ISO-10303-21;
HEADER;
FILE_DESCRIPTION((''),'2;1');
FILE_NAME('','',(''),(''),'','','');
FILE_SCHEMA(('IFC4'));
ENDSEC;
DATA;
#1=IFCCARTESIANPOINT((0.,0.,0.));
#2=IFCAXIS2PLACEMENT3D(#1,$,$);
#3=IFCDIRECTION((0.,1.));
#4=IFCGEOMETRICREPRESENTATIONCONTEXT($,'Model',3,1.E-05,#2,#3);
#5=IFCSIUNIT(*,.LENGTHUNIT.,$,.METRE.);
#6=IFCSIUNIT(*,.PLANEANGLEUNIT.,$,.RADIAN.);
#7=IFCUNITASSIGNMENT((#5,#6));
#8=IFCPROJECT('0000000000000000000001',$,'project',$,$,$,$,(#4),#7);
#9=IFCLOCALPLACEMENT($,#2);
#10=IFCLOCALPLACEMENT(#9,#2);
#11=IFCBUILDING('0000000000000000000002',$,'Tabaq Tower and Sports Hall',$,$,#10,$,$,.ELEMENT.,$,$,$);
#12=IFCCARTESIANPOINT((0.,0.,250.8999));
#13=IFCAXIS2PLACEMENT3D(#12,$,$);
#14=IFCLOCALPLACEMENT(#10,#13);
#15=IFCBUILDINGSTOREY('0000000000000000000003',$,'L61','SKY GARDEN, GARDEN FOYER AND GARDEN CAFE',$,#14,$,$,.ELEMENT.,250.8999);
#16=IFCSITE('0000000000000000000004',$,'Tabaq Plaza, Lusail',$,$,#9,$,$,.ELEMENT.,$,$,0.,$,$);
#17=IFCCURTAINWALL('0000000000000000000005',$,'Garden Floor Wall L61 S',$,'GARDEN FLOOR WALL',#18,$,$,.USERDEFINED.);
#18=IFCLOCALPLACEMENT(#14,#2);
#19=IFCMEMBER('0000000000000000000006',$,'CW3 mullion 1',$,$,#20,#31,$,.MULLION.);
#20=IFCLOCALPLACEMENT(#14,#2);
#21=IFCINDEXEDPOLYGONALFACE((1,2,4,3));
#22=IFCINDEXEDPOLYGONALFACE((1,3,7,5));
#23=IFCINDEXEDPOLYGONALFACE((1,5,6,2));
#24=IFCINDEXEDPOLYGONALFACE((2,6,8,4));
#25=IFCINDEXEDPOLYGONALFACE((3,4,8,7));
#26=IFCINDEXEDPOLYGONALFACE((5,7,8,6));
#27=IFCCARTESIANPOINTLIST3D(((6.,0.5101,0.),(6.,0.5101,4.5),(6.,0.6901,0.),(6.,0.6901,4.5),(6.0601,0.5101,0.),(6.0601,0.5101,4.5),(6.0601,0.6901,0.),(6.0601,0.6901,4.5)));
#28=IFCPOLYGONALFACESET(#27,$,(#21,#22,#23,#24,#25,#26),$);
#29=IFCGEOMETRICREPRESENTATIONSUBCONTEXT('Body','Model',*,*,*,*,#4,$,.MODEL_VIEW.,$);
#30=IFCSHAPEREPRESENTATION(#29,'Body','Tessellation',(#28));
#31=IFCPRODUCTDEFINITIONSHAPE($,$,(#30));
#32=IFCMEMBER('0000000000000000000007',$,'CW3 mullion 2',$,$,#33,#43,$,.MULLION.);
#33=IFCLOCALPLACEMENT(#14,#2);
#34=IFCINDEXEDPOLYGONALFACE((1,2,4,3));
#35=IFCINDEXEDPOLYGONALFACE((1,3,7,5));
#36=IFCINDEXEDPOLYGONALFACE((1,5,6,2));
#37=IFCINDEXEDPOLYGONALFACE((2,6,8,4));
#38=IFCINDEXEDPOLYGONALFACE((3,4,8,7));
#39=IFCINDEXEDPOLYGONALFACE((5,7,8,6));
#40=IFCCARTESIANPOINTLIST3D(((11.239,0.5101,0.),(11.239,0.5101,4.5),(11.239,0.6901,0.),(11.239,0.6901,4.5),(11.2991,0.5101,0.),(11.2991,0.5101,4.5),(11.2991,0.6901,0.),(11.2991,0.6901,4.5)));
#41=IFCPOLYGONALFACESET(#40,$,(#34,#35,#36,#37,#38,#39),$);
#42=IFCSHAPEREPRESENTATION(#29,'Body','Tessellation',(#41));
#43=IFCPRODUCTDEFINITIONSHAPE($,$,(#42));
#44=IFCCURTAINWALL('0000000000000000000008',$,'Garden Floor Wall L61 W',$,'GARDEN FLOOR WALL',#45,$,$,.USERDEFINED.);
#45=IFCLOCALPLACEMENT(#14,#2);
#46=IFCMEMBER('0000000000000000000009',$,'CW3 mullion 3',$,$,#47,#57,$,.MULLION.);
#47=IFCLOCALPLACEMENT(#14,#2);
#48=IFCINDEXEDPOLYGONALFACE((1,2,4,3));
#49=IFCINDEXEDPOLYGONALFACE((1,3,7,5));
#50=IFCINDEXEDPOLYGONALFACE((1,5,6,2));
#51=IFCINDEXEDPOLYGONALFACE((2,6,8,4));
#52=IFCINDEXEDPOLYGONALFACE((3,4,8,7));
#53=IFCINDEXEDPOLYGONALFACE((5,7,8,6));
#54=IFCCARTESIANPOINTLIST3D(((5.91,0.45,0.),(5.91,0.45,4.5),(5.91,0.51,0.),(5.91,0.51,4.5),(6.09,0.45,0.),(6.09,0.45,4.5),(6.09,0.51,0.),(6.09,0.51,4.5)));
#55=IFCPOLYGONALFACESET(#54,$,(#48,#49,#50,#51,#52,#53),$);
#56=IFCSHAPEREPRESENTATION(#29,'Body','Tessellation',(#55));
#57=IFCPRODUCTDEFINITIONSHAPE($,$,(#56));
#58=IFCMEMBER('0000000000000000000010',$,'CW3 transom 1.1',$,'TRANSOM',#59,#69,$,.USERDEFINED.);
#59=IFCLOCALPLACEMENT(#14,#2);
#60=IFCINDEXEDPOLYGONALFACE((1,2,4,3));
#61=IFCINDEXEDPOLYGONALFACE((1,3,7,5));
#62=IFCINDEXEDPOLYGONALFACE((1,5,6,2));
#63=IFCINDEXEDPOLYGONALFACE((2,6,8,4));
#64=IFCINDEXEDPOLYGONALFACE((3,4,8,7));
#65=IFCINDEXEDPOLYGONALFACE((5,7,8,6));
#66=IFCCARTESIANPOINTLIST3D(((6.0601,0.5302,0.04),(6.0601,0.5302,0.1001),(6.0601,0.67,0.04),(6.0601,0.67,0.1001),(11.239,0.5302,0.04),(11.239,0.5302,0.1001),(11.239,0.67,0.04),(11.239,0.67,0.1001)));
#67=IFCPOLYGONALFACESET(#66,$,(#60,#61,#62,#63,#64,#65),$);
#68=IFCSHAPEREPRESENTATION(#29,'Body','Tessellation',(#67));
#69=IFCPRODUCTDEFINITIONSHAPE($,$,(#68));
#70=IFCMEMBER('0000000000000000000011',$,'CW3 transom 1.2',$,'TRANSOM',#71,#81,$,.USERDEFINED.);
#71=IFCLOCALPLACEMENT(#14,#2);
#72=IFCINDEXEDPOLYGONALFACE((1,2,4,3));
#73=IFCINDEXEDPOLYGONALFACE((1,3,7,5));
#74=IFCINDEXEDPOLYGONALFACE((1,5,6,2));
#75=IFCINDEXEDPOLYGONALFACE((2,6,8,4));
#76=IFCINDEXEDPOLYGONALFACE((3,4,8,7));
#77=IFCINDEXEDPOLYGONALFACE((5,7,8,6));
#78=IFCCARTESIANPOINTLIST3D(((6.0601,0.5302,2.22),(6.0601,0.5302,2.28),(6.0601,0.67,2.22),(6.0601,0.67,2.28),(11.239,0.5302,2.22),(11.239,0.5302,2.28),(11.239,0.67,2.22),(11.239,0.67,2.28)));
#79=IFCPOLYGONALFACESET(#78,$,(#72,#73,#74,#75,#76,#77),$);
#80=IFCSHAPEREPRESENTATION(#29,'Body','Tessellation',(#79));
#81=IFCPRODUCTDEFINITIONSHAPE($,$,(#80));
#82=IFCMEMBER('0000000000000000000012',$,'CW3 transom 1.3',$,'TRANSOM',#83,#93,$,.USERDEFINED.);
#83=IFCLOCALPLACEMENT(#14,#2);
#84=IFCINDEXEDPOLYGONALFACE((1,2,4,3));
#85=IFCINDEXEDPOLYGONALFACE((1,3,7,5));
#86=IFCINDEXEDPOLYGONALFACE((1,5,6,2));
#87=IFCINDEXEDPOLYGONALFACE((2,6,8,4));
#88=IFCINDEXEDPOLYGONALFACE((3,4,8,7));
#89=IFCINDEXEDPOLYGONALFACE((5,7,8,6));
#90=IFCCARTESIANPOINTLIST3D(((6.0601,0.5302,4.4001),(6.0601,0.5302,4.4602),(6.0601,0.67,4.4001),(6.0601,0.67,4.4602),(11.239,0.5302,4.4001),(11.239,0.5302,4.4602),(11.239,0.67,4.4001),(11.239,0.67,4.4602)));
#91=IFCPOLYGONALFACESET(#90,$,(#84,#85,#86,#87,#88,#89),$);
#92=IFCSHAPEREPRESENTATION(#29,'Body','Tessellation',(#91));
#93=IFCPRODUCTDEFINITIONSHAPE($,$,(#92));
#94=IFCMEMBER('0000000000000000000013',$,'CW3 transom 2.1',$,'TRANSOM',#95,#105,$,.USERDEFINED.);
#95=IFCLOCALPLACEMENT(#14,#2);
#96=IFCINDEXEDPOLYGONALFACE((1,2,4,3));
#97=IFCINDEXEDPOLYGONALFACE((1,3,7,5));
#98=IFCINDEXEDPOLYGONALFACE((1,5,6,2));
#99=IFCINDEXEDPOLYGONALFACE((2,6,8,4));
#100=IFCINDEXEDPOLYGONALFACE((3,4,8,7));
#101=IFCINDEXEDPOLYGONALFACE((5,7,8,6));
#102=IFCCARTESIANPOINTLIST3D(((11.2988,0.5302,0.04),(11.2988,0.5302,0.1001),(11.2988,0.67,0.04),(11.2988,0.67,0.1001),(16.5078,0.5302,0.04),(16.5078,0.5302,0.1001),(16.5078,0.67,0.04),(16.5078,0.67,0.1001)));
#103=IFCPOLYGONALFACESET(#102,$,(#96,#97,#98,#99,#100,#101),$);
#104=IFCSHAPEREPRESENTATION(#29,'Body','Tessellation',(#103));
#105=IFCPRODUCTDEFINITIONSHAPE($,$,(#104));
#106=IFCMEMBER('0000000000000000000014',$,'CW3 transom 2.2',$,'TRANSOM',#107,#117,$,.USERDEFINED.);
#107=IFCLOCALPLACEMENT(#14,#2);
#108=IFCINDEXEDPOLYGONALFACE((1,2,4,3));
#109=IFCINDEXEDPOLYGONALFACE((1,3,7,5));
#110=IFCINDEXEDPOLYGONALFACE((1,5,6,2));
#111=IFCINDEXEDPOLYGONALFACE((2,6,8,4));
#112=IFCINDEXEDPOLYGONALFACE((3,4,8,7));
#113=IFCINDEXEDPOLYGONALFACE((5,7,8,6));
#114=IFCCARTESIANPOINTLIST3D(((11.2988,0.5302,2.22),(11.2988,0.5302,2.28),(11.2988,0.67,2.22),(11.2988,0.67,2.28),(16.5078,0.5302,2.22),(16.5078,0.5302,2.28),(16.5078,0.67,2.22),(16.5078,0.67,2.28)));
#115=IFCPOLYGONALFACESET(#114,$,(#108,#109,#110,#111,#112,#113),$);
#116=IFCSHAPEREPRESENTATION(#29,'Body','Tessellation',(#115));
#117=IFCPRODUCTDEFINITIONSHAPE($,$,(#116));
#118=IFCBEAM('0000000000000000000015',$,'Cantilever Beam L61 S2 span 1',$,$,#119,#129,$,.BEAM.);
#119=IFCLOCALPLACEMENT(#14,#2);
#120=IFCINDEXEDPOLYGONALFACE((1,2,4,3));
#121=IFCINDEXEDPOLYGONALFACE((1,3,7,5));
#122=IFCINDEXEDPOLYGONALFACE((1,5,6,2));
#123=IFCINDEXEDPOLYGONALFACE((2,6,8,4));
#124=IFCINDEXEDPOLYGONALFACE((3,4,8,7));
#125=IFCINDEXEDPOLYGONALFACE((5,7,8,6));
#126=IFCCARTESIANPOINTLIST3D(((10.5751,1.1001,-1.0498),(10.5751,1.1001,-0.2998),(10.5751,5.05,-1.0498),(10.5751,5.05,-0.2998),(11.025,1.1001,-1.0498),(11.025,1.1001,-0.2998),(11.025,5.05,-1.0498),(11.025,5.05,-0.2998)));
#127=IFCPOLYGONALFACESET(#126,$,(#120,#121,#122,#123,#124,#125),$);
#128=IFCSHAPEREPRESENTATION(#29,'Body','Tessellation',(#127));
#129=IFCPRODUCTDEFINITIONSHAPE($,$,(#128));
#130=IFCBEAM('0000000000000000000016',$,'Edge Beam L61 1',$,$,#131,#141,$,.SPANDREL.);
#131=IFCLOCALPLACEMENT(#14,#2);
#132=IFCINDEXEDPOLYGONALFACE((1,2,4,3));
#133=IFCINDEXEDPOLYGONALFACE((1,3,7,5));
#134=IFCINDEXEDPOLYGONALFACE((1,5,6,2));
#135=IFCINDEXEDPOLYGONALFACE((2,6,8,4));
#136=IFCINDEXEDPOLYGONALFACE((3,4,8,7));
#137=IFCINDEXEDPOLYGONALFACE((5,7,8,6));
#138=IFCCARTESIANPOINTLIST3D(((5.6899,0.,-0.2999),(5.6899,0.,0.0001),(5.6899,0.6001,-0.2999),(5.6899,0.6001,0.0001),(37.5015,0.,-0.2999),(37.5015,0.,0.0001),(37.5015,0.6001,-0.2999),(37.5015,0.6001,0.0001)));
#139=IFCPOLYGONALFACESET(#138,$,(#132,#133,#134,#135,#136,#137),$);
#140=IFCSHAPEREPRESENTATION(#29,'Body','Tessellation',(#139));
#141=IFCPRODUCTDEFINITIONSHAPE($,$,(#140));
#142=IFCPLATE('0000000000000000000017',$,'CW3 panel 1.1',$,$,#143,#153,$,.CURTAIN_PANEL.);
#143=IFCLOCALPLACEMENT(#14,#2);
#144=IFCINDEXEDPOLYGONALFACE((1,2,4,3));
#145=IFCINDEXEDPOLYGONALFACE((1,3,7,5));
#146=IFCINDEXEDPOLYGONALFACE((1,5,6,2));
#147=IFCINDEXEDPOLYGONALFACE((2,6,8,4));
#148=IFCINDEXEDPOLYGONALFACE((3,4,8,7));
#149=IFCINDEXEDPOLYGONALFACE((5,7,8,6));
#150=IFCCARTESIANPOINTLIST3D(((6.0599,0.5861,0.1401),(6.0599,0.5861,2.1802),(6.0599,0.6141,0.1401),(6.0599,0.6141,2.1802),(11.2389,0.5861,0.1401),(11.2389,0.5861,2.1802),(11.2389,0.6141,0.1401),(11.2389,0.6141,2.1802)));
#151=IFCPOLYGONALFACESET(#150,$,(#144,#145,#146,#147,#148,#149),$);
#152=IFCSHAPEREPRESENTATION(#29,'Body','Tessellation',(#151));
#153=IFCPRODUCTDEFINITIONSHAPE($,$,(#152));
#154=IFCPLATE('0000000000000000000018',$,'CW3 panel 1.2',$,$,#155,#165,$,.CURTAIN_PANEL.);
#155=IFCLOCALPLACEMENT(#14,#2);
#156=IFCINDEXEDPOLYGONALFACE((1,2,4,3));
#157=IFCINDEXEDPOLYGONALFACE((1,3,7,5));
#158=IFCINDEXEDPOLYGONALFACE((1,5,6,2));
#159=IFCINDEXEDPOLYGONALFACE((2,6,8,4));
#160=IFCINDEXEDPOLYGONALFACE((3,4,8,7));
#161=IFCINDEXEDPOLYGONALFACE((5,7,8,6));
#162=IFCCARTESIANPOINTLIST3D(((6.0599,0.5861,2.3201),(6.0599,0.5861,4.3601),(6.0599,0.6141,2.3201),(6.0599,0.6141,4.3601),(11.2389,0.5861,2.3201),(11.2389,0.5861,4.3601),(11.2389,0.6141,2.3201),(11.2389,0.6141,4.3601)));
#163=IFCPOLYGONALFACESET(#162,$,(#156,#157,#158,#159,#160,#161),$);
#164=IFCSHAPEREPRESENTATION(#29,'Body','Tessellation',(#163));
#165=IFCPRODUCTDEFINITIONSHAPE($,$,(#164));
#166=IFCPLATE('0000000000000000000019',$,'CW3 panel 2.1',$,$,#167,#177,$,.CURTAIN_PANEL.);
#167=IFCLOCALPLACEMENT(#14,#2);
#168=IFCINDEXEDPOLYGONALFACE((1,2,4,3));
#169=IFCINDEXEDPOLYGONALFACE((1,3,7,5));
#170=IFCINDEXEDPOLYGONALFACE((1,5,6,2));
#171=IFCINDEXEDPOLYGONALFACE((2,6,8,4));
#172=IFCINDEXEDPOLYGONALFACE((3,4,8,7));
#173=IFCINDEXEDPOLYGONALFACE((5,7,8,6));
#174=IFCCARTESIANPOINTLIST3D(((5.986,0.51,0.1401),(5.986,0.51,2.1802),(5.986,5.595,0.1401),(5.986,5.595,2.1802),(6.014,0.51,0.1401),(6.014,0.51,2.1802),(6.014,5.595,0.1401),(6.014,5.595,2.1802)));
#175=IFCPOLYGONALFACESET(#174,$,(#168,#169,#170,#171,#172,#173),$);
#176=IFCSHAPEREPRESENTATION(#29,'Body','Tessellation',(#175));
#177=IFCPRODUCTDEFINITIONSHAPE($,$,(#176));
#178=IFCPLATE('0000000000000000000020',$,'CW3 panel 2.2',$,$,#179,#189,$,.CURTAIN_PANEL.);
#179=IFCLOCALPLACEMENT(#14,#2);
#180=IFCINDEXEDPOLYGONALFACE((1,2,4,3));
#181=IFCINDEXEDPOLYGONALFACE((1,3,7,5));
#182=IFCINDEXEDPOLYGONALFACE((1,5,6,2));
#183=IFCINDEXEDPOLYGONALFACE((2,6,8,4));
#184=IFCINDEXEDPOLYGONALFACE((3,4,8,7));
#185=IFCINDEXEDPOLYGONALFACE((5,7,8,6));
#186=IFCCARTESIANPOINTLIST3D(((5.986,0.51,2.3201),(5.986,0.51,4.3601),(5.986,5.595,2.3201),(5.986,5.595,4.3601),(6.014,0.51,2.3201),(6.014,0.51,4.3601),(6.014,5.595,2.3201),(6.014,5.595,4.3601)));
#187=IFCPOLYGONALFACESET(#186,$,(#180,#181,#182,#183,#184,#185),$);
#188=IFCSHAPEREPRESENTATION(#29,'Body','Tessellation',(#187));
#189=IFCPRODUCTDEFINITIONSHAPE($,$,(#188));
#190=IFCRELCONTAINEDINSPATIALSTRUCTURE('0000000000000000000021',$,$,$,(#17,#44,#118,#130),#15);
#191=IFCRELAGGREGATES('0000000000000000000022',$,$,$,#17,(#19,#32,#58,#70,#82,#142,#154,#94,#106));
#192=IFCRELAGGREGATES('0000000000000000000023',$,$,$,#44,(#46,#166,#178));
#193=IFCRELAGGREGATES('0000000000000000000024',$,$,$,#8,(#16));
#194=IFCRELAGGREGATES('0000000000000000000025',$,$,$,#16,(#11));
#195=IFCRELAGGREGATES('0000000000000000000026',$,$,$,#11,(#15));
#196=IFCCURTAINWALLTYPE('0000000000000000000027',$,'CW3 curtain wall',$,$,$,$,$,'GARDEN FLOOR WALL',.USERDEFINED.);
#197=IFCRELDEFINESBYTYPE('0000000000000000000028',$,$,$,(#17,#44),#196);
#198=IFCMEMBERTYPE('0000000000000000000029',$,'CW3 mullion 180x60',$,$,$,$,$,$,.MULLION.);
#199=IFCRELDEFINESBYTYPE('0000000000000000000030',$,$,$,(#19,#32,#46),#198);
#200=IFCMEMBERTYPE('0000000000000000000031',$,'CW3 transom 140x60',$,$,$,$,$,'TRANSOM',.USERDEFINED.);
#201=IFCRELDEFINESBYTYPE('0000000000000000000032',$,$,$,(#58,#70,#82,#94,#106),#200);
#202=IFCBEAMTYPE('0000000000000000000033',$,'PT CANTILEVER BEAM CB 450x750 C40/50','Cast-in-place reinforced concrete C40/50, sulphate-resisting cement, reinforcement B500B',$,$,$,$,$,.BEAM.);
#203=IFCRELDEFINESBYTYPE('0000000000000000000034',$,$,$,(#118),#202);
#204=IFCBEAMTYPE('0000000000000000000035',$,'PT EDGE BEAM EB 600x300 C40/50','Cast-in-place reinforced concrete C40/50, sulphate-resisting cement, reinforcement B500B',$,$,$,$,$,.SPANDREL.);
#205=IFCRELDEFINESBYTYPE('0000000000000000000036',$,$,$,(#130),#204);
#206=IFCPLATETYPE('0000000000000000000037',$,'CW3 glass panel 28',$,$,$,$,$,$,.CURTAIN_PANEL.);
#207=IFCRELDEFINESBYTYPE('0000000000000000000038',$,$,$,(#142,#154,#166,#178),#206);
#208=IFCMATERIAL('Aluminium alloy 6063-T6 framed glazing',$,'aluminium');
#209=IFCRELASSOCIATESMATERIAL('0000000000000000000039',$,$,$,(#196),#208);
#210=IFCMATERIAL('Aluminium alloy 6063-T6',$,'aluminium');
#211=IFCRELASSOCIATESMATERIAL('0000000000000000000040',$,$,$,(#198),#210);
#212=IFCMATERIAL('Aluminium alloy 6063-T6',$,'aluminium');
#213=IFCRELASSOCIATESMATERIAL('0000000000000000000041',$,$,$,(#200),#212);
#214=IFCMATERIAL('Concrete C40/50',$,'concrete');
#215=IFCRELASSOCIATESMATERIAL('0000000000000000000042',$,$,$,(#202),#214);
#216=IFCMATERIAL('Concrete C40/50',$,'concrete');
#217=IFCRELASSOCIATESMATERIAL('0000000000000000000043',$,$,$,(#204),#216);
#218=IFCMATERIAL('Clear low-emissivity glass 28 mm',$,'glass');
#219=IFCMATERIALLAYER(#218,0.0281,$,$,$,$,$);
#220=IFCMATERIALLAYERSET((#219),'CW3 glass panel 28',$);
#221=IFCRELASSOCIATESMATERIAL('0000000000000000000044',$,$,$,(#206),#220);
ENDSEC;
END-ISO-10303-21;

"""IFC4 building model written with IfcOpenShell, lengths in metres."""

from ifc_helpers import new_model, si_unit, direction, frame, origin, origin_2d, place, context, subcontext, project, spatial, rectangle, extrude, material, layer, layer_set, material_profile, profile_set, type_object, element, aggregate, save


model = new_model("IFC4")

# Units and contexts
model_context = context("Model", 3, precision=1e-05, world=origin(), true_north=direction((0.0, 1.0)))
body_context = subcontext(model_context, "Body", "Model", "MODEL_VIEW")
ifc_project = project(units=[si_unit("LENGTHUNIT", "METRE"), si_unit("PLANEANGLEUNIT", "RADIAN")], contexts=[model_context])

# Site, building, storey
site_placement = place(None, origin())
site = spatial("IfcSite", under=ifc_project, at=site_placement, Name="Tabaq Plaza, Lusail", CompositionType="ELEMENT", RefElevation=0.0)
building_placement = place(site_placement, origin())
building = spatial("IfcBuilding", under=site, at=building_placement, Name="Tabaq Tower and Sports Hall", CompositionType="ELEMENT")
storey_placement = place(building_placement, frame((0.0, 0.0, 250.8999)))
storey = spatial("IfcBuildingStorey", under=building, at=storey_placement, Name="L61", Description="SKY GARDEN, GARDEN FOYER AND GARDEN CAFE", CompositionType="ELEMENT", Elevation=250.8999)

# Curtain wall, members
ifc_material_1 = material(Name="Aluminium alloy 6063-T6 framed glazing", Category="aluminium")
curtain_wall_type = type_object("IfcCurtainWallType", Name="CW3 curtain wall", ElementType="GARDEN FLOOR WALL", PredefinedType="USERDEFINED", material=ifc_material_1)
curtain_wall_1_placement = place(storey_placement, origin())
curtain_wall_1 = element("IfcCurtainWall", 1, at=curtain_wall_1_placement, inside=storey, type_object=curtain_wall_type, Name="Garden Floor Wall L61 S", ObjectType="GARDEN FLOOR WALL", PredefinedType="USERDEFINED")
ifc_material_2 = material(Name="Aluminium alloy 6063-T6", Category="aluminium")
ifc_material_profile_1 = material_profile(ifc_material_2, rectangle(XDim=0.1799, YDim=0.0601, at=origin_2d()), Name="MULLION 180x60")
ifc_profile_set_1 = profile_set([ifc_material_profile_1], Name="Aluminium alloy 6063-T6")
member_type_1 = type_object("IfcMemberType", Name="CW3 mullion 180x60", PredefinedType="MULLION", material=ifc_profile_set_1)
member_1_placement = place(storey_placement, frame((6.03, 0.6001, 0.0), z_axis=(0.0, 0.0, 1.0), x_axis=(0.0, 1.0, 0.0)))
member_1 = element("IfcMember", 2, at=member_1_placement, type_object=member_type_1, Name="CW3 mullion 1", PredefinedType="MULLION", context=body_context, shape_type="SweptSolid", body=[
    extrude(rectangle(XDim=0.1799, YDim=0.0601, at=origin_2d()), origin(), (0.0, 0.0, 1.0), 4.5),
])
member_2_placement = place(storey_placement, frame((11.269, 0.6001, 0.0), z_axis=(0.0, 0.0, 1.0), x_axis=(0.0, 1.0, 0.0)))
member_2 = element("IfcMember", 3, at=member_2_placement, type_object=member_type_1, Name="CW3 mullion 2", PredefinedType="MULLION", context=body_context, shape_type="SweptSolid", body=[
    extrude(rectangle(XDim=0.1799, YDim=0.0601, at=origin_2d()), origin(), (0.0, 0.0, 1.0), 4.5),
])

# Curtain wall, member
curtain_wall_2_placement = place(storey_placement, origin())
curtain_wall_2 = element("IfcCurtainWall", 4, at=curtain_wall_2_placement, inside=storey, type_object=curtain_wall_type, Name="Garden Floor Wall L61 W", ObjectType="GARDEN FLOOR WALL", PredefinedType="USERDEFINED")
member_3_placement = place(storey_placement, frame((6.0, 0.48, 0.0), z_axis=(0.0, 0.0, 1.0), x_axis=(1.0, 0.0, 0.0)))
member_3 = element("IfcMember", 5, at=member_3_placement, type_object=member_type_1, Name="CW3 mullion 3", PredefinedType="MULLION", context=body_context, shape_type="SweptSolid", body=[
    extrude(rectangle(XDim=0.1799, YDim=0.0601, at=origin_2d()), origin(), (0.0, 0.0, 1.0), 4.5),
])

# Members
ifc_material_3 = material(Name="Aluminium alloy 6063-T6", Category="aluminium")
ifc_material_profile_2 = material_profile(ifc_material_3, rectangle(XDim=0.1399, YDim=0.0601, at=origin_2d()), Name="TRANSOM 140x60")
ifc_profile_set_2 = profile_set([ifc_material_profile_2], Name="Aluminium alloy 6063-T6")
member_type_2 = type_object("IfcMemberType", Name="CW3 transom 140x60", ElementType="TRANSOM", PredefinedType="USERDEFINED", material=ifc_profile_set_2)
member_4_placement = place(storey_placement, frame((6.0601, 0.6001, 0.0701), z_axis=(1.0, 0.0, 0.0), x_axis=(0.0, 1.0, 0.0)))
member_4 = element("IfcMember", 6, at=member_4_placement, type_object=member_type_2, Name="CW3 transom 1.1", ObjectType="TRANSOM", PredefinedType="USERDEFINED", context=body_context, shape_type="SweptSolid", body=[
    extrude(rectangle(XDim=0.1399, YDim=0.0601, at=origin_2d()), origin(), (0.0, 0.0, 1.0), 5.179),
])
member_5_placement = place(storey_placement, frame((6.0601, 0.6001, 2.25), z_axis=(1.0, 0.0, 0.0), x_axis=(0.0, 1.0, 0.0)))
member_5 = element("IfcMember", 7, at=member_5_placement, type_object=member_type_2, Name="CW3 transom 1.2", ObjectType="TRANSOM", PredefinedType="USERDEFINED", context=body_context, shape_type="SweptSolid", body=[
    extrude(rectangle(XDim=0.1399, YDim=0.0601, at=origin_2d()), origin(), (0.0, 0.0, 1.0), 5.179),
])
member_6_placement = place(storey_placement, frame((6.0601, 0.6001, 4.4302), z_axis=(1.0, 0.0, 0.0), x_axis=(0.0, 1.0, 0.0)))
member_6 = element("IfcMember", 8, at=member_6_placement, type_object=member_type_2, Name="CW3 transom 1.3", ObjectType="TRANSOM", PredefinedType="USERDEFINED", context=body_context, shape_type="SweptSolid", body=[
    extrude(rectangle(XDim=0.1399, YDim=0.0601, at=origin_2d()), origin(), (0.0, 0.0, 1.0), 5.179),
])
member_7_placement = place(storey_placement, frame((11.2988, 0.6001, 0.0701), z_axis=(1.0, 0.0, 0.0), x_axis=(0.0, 1.0, 0.0)))
member_7 = element("IfcMember", 9, at=member_7_placement, type_object=member_type_2, Name="CW3 transom 2.1", ObjectType="TRANSOM", PredefinedType="USERDEFINED", context=body_context, shape_type="SweptSolid", body=[
    extrude(rectangle(XDim=0.1399, YDim=0.0601, at=origin_2d()), origin(), (0.0, 0.0, 1.0), 5.209),
])
member_8_placement = place(storey_placement, frame((11.2988, 0.6001, 2.25), z_axis=(1.0, 0.0, 0.0), x_axis=(0.0, 1.0, 0.0)))
member_8 = element("IfcMember", 10, at=member_8_placement, type_object=member_type_2, Name="CW3 transom 2.2", ObjectType="TRANSOM", PredefinedType="USERDEFINED", context=body_context, shape_type="SweptSolid", body=[
    extrude(rectangle(XDim=0.1399, YDim=0.0601, at=origin_2d()), origin(), (0.0, 0.0, 1.0), 5.209),
])

# Beams
ifc_material_4 = material(Name="Concrete C40/50", Category="concrete")
ifc_material_profile_3 = material_profile(ifc_material_4, rectangle(XDim=0.45, YDim=0.75, at=origin_2d()), Name="CB 450x750")
ifc_profile_set_3 = profile_set([ifc_material_profile_3], Name="Concrete C40/50")
beam_type_1 = type_object("IfcBeamType", Name="PT CANTILEVER BEAM CB 450x750 C40/50", Description="Cast-in-place reinforced concrete C40/50, sulphate-resisting cement, reinforcement B500B", PredefinedType="BEAM", material=ifc_profile_set_3)
beam_1_placement = place(storey_placement, frame((10.8, 1.1001, -0.6748), z_axis=(0.0, 1.0, 0.0), x_axis=(-1.0, 0.0, 0.0)))
element("IfcBeam", 11, at=beam_1_placement, inside=storey, type_object=beam_type_1, Name="Cantilever Beam L61 S2 span 1", PredefinedType="BEAM", context=body_context, shape_type="SweptSolid", body=[
    extrude(rectangle(XDim=0.45, YDim=0.75, at=origin_2d()), origin(), (0.0, 0.0, 1.0), 3.95),
])
ifc_material_5 = material(Name="Concrete C40/50", Category="concrete")
ifc_material_profile_4 = material_profile(ifc_material_5, rectangle(XDim=0.6001, YDim=0.3, at=origin_2d()), Name="EB 600x300")
ifc_profile_set_4 = profile_set([ifc_material_profile_4], Name="Concrete C40/50")
beam_type_2 = type_object("IfcBeamType", Name="PT EDGE BEAM EB 600x300 C40/50", Description="Cast-in-place reinforced concrete C40/50, sulphate-resisting cement, reinforcement B500B", PredefinedType="SPANDREL", material=ifc_profile_set_4)
beam_2_placement = place(storey_placement, frame((5.6899, 0.3, -0.1499), z_axis=(1.0, 0.0, 0.0), x_axis=(0.0, 1.0, 0.0)))
element("IfcBeam", 12, at=beam_2_placement, inside=storey, type_object=beam_type_2, Name="Edge Beam L61 1", PredefinedType="SPANDREL", context=body_context, shape_type="SweptSolid", body=[
    extrude(rectangle(XDim=0.6001, YDim=0.3, at=origin_2d()), origin(), (0.0, 0.0, 1.0), 31.8115),
])

# Plates
ifc_material_6 = material(Name="Clear low-emissivity glass 28 mm", Category="glass")
ifc_layer_1 = layer(ifc_material_6, 0.0281)
ifc_layer_set_1 = layer_set([ifc_layer_1], Name="CW3 glass panel 28")
plate_type_1 = type_object("IfcPlateType", Name="CW3 glass panel 28", PredefinedType="CURTAIN_PANEL", material=ifc_layer_set_1)
plate_1_placement = place(storey_placement, frame((8.6494, 0.6001, 0.1401), z_axis=(0.0, 0.0, 1.0), x_axis=(1.0, 0.0, 0.0)))
plate_1 = element("IfcPlate", 13, at=plate_1_placement, type_object=plate_type_1, Name="CW3 panel 1.1", PredefinedType="CURTAIN_PANEL", context=body_context, shape_type="SweptSolid", body=[
    extrude(rectangle(XDim=5.179, YDim=0.0281, at=origin_2d()), origin(), (0.0, 0.0, 1.0), 2.04),
])
plate_2_placement = place(storey_placement, frame((8.6494, 0.6001, 2.3201), z_axis=(0.0, 0.0, 1.0), x_axis=(1.0, 0.0, 0.0)))
plate_2 = element("IfcPlate", 14, at=plate_2_placement, type_object=plate_type_1, Name="CW3 panel 1.2", PredefinedType="CURTAIN_PANEL", context=body_context, shape_type="SweptSolid", body=[
    extrude(rectangle(XDim=5.179, YDim=0.0281, at=origin_2d()), origin(), (0.0, 0.0, 1.0), 2.04),
])
aggregate(curtain_wall_1, [member_1, member_2, member_4, member_5, member_6, plate_1, plate_2, member_7, member_8])
plate_3_placement = place(storey_placement, frame((6.0, 3.0525, 0.1401), z_axis=(0.0, 0.0, 1.0), x_axis=(0.0, -1.0, 0.0)))
plate_3 = element("IfcPlate", 15, at=plate_3_placement, type_object=plate_type_1, Name="CW3 panel 2.1", PredefinedType="CURTAIN_PANEL", context=body_context, shape_type="SweptSolid", body=[
    extrude(rectangle(XDim=5.085, YDim=0.0281, at=origin_2d()), origin(), (0.0, 0.0, 1.0), 2.04),
])
plate_4_placement = place(storey_placement, frame((6.0, 3.0525, 2.3201), z_axis=(0.0, 0.0, 1.0), x_axis=(0.0, -1.0, 0.0)))
plate_4 = element("IfcPlate", 16, at=plate_4_placement, type_object=plate_type_1, Name="CW3 panel 2.2", PredefinedType="CURTAIN_PANEL", context=body_context, shape_type="SweptSolid", body=[
    extrude(rectangle(XDim=5.085, YDim=0.0281, at=origin_2d()), origin(), (0.0, 0.0, 1.0), 2.04),
])
aggregate(curtain_wall_2, [member_3, plate_3, plate_4])

save(model, "model.ifc")
